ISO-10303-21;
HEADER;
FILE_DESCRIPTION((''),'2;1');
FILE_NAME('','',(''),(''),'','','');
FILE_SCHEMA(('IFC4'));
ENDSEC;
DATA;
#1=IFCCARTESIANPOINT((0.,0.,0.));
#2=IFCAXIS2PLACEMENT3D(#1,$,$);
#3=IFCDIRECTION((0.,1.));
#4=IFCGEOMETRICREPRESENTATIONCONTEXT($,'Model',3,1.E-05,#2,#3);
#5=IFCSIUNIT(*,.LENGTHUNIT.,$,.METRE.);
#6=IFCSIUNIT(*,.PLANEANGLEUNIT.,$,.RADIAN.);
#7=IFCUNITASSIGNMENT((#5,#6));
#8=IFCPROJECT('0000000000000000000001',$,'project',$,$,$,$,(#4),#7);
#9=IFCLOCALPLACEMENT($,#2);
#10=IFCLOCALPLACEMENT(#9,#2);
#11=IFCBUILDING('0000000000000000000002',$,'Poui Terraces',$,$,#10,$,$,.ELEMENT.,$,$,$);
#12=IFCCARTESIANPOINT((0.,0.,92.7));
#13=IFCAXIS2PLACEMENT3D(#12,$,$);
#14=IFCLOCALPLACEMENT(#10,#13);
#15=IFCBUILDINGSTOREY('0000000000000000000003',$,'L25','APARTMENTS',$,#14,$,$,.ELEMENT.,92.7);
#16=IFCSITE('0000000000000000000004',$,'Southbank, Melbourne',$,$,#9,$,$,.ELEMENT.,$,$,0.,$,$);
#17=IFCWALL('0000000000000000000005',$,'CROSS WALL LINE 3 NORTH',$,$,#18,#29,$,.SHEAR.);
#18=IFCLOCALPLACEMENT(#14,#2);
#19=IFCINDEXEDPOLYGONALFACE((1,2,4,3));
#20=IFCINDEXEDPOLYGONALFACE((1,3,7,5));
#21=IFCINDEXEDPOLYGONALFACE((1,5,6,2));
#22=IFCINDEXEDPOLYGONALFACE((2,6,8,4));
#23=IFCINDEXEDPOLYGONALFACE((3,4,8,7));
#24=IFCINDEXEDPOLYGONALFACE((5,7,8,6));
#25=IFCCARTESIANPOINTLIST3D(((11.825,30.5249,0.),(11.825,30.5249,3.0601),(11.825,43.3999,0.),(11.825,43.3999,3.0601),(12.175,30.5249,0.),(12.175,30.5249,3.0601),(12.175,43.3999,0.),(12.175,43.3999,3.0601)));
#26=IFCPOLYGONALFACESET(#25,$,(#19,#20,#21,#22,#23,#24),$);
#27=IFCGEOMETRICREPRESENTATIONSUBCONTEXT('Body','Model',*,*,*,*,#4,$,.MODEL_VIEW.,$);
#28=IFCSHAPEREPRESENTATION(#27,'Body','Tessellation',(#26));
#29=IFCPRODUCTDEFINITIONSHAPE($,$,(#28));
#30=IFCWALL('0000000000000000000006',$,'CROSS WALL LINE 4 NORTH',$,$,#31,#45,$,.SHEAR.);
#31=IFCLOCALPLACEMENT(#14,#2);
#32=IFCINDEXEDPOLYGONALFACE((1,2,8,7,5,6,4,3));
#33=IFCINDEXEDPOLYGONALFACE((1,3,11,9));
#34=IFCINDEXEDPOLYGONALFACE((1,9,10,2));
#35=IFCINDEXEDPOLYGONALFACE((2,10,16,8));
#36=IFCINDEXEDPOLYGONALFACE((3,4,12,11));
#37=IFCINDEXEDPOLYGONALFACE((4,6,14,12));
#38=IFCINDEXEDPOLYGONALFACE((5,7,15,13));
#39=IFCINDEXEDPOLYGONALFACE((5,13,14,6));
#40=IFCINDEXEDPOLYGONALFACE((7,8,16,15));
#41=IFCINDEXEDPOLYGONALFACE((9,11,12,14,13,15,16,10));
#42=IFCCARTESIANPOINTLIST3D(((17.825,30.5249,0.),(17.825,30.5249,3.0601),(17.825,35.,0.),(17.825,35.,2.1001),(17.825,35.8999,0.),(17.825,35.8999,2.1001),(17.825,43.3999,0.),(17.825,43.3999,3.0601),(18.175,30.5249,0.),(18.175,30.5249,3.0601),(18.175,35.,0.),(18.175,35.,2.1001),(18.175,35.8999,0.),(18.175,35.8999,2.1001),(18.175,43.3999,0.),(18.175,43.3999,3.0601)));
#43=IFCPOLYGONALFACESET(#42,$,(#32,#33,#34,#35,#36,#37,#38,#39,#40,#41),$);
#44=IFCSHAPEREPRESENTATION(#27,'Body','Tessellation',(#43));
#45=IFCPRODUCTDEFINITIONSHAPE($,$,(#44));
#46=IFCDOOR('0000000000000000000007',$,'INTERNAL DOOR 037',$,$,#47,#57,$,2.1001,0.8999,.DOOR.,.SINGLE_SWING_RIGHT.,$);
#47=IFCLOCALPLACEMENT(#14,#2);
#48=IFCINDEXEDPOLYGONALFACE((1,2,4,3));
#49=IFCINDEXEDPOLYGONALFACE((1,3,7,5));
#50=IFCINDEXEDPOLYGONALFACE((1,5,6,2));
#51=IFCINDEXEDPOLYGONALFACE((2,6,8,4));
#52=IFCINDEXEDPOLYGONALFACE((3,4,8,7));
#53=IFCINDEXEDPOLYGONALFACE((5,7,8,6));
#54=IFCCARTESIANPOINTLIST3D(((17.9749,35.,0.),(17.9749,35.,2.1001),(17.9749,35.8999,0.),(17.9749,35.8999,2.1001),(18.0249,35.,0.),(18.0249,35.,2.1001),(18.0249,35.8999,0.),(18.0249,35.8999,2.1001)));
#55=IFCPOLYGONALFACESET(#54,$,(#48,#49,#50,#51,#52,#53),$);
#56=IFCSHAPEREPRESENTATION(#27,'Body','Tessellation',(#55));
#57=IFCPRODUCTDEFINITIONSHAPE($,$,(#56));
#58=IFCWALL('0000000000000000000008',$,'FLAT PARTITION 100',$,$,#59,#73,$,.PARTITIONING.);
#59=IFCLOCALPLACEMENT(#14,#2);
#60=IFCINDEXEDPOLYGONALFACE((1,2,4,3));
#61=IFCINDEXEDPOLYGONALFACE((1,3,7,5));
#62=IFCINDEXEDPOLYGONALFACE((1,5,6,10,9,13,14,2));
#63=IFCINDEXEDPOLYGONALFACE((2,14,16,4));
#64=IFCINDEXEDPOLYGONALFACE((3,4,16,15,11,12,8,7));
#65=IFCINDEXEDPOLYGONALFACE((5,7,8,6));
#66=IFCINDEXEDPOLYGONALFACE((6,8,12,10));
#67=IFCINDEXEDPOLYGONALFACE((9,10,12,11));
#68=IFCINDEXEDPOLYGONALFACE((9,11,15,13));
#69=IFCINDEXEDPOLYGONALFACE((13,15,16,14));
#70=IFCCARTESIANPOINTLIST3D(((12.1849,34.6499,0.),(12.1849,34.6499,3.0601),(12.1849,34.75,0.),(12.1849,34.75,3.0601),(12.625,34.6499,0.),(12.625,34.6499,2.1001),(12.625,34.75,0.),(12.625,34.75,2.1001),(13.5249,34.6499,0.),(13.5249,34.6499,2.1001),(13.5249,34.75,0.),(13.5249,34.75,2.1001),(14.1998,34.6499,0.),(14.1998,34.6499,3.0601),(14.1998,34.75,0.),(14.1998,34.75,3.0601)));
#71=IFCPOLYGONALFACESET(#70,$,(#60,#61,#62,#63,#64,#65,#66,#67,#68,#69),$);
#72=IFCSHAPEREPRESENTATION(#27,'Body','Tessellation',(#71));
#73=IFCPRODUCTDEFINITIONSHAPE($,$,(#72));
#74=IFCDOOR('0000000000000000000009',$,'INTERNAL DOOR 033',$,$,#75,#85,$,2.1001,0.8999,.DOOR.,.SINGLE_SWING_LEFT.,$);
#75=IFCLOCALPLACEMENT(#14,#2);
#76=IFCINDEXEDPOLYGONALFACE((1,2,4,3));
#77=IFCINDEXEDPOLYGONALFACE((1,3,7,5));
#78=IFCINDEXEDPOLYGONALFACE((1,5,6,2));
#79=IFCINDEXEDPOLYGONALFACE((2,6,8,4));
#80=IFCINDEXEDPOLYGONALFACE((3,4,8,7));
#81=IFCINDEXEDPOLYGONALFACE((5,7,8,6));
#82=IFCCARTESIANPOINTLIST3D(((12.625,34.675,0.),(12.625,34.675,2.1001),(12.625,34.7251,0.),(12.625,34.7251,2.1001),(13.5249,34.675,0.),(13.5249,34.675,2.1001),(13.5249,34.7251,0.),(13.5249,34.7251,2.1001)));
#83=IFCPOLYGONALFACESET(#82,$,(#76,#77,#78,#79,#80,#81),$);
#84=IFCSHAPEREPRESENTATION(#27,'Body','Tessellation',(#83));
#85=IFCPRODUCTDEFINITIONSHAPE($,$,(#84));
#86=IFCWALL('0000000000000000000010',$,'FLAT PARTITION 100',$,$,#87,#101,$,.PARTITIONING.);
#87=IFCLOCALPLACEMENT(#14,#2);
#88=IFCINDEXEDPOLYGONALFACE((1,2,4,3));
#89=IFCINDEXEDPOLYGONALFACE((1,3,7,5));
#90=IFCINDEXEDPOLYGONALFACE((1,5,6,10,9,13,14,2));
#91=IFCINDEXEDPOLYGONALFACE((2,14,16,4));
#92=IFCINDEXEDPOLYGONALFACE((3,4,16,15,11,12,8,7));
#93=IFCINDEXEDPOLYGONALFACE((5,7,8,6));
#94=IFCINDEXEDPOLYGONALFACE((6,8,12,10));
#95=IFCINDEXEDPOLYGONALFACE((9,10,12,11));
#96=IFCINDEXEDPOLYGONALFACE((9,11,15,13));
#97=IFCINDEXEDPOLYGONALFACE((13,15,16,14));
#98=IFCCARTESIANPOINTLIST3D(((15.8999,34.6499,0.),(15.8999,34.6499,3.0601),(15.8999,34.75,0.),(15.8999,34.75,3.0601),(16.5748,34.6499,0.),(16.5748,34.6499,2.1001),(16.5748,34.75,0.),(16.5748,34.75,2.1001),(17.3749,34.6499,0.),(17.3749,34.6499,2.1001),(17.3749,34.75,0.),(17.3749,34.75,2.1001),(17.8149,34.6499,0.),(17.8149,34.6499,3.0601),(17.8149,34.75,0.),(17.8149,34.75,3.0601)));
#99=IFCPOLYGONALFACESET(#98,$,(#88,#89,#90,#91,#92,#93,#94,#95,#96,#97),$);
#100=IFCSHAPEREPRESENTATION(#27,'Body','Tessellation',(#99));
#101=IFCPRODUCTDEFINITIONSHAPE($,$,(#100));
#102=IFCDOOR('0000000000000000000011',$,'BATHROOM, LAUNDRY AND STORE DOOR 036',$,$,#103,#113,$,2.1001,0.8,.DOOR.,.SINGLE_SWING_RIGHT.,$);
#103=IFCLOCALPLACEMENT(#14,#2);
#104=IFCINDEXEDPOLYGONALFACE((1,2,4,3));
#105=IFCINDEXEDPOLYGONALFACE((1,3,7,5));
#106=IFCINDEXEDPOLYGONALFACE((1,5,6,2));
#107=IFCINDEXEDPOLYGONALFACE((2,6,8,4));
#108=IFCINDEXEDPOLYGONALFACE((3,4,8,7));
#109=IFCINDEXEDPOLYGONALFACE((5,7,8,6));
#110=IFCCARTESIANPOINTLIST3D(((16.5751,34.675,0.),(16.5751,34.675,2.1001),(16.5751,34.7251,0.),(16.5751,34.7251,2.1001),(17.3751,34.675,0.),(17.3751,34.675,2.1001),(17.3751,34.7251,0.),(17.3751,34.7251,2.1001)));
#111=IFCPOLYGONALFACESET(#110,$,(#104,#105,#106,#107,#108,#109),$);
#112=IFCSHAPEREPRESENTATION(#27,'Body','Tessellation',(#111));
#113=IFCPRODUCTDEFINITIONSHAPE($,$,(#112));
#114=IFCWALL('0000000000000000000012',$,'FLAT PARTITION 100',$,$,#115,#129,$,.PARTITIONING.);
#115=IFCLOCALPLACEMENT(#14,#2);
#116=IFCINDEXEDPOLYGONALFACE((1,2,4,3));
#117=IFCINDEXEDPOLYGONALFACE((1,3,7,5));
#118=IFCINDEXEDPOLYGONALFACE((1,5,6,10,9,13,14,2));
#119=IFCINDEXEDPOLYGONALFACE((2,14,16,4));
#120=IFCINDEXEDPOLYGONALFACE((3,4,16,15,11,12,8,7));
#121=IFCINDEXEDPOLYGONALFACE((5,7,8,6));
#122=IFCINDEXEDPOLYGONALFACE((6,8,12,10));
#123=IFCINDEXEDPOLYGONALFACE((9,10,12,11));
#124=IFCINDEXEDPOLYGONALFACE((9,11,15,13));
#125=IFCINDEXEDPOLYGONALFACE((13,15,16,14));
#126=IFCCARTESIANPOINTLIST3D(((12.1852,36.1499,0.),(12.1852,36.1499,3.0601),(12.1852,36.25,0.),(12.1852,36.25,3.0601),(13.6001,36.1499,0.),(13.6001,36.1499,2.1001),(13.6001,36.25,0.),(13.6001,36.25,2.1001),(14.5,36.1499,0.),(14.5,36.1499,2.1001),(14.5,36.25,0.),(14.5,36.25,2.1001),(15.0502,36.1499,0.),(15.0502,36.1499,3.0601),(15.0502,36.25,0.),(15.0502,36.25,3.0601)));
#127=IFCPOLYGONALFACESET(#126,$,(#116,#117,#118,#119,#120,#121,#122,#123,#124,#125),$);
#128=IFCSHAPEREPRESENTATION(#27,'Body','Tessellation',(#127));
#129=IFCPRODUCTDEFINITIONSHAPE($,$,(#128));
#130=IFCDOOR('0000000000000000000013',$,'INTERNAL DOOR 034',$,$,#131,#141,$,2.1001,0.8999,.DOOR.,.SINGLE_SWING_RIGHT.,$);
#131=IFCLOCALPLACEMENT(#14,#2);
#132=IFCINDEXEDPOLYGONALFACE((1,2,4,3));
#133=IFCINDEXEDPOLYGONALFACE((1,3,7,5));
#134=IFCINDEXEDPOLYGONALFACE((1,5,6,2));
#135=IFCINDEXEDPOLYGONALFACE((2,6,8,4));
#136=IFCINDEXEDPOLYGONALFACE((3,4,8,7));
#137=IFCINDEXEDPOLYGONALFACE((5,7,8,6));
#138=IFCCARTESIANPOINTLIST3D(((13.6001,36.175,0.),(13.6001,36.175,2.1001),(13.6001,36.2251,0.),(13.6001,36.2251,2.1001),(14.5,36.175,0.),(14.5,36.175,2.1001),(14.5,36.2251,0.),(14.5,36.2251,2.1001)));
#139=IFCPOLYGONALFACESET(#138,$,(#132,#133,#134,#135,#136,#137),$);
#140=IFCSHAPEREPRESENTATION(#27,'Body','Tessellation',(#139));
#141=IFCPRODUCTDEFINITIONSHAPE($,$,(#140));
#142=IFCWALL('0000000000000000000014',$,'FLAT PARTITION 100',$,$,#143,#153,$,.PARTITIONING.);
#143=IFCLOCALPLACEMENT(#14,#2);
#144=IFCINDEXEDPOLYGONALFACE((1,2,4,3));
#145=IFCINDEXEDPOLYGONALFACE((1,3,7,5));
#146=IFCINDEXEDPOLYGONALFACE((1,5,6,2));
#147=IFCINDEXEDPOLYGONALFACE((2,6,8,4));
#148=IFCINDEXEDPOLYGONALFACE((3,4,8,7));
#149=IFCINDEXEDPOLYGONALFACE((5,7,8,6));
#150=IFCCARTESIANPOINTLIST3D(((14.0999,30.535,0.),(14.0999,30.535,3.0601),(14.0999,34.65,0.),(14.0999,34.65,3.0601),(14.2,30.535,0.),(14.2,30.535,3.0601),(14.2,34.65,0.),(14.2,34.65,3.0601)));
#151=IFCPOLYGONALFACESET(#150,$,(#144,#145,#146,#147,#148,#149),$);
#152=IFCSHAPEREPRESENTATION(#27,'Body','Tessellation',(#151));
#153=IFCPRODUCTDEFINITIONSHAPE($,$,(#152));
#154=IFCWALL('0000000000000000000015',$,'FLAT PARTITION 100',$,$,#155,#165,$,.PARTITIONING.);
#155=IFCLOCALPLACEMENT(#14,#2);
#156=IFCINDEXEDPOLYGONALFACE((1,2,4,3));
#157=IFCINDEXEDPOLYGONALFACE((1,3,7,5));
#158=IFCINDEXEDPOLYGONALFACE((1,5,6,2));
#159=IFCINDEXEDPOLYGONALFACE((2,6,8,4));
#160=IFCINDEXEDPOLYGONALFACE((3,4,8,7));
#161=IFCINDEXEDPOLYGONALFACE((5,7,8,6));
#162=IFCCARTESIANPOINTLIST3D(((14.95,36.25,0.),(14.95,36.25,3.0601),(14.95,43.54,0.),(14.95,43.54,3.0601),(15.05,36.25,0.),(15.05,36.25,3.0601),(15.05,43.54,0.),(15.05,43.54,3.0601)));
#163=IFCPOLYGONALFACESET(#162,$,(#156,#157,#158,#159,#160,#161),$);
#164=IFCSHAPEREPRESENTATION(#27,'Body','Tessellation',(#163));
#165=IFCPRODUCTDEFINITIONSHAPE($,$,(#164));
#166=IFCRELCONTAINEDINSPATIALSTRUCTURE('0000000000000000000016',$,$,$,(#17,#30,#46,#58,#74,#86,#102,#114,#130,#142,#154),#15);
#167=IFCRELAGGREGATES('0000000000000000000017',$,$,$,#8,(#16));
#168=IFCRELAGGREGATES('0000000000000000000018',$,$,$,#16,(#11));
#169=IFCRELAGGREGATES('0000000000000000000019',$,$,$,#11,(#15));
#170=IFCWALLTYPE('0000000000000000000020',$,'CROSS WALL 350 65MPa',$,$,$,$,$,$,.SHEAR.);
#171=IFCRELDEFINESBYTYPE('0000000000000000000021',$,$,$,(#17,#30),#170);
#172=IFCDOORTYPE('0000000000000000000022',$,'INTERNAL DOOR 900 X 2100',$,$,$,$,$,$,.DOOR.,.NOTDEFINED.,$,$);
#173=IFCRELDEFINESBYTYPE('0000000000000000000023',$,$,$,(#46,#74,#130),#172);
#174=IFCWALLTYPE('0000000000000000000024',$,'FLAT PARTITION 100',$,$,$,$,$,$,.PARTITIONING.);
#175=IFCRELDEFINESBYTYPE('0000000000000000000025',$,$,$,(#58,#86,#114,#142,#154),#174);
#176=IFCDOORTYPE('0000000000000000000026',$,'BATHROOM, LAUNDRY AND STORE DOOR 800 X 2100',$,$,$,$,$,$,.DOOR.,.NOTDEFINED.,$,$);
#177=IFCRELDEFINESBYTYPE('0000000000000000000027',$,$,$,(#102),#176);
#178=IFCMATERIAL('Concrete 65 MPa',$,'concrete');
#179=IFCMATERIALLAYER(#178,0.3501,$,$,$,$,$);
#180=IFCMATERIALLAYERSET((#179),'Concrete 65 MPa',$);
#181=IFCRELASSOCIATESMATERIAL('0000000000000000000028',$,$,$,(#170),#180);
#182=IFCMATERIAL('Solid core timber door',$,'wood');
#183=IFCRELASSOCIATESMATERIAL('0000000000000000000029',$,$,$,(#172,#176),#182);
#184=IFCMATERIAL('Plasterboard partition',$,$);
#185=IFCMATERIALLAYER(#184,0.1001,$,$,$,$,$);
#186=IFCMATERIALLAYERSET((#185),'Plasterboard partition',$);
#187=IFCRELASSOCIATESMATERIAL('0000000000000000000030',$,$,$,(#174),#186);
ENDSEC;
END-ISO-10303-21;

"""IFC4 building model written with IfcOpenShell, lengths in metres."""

from ifc_helpers import new_model, si_unit, direction, frame, frame_2d, origin, place, context, subcontext, project, spatial, rectangle, extrude, material, layer, layer_set, type_object, element, fill, save


model = new_model("IFC4")

# Units and contexts
model_context = context("Model", 3, precision=1e-05, world=origin(), true_north=direction((0.0, 1.0)))
body_context = subcontext(model_context, "Body", "Model", "MODEL_VIEW")
ifc_project = project(units=[si_unit("LENGTHUNIT", "METRE"), si_unit("PLANEANGLEUNIT", "RADIAN")], contexts=[model_context])

# Site, building, storey
site_placement = place(None, origin())
site = spatial("IfcSite", under=ifc_project, at=site_placement, Name="Southbank, Melbourne", CompositionType="ELEMENT", RefElevation=0.0)
building_placement = place(site_placement, origin())
building = spatial("IfcBuilding", under=site, at=building_placement, Name="Poui Terraces", CompositionType="ELEMENT")
storey_placement = place(building_placement, frame((0.0, 0.0, 92.7)))
storey = spatial("IfcBuildingStorey", under=building, at=storey_placement, Name="L25", Description="APARTMENTS", CompositionType="ELEMENT", Elevation=92.7)

# Wall
ifc_material_1 = material(Name="Concrete 65 MPa", Category="concrete")
ifc_layer_1 = layer(ifc_material_1, 0.3501)
ifc_layer_set_1 = layer_set([ifc_layer_1], Name="Concrete 65 MPa")
wall_type_1 = type_object("IfcWallType", Name="CROSS WALL 350 65MPa", PredefinedType="SHEAR", material=ifc_layer_set_1)
wall_1_placement = place(storey_placement, frame((12.0, 30.5249, 0.0), z_axis=(0.0, 0.0, 1.0), x_axis=(0.0, 1.0, 0.0)))
element("IfcWall", 1, at=wall_1_placement, inside=storey, type_object=wall_type_1, Name="CROSS WALL LINE 3 NORTH", PredefinedType="SHEAR", context=body_context, shape_type="SweptSolid", body=[
    extrude(rectangle(XDim=12.875, YDim=0.3501, at=frame_2d((6.4375, 0.0))), origin(), (0.0, 0.0, 1.0), 3.0601),
])

# Walls, openings, doors
wall_2_placement = place(storey_placement, frame((18.0, 30.5249, 0.0), z_axis=(0.0, 0.0, 1.0), x_axis=(0.0, 1.0, 0.0)))
wall_2 = element("IfcWall", 2, at=wall_2_placement, inside=storey, type_object=wall_type_1, Name="CROSS WALL LINE 4 NORTH", PredefinedType="SHEAR", context=body_context, shape_type="SweptSolid", body=[
    extrude(rectangle(XDim=12.875, YDim=0.3501, at=frame_2d((6.4375, 0.0))), origin(), (0.0, 0.0, 1.0), 3.0601),
])
opening_1_placement = place(wall_2_placement, frame((4.4751, 0.0, 0.0)))
opening_1 = element("IfcOpeningElement", 3, at=opening_1_placement, cuts=wall_2, PredefinedType="OPENING", context=body_context, shape_type="SweptSolid", body=[
    extrude(rectangle(XDim=0.8999, YDim=2.1001, at=frame_2d((0.45, 1.05))), frame((0.0, 0.1851, 0.0), z_axis=(0.0, -1.0, 0.0), x_axis=(1.0, 0.0, 0.0)), (0.0, 0.0, 1.0), 0.3701),
])
ifc_material_2 = material(Name="Solid core timber door", Category="wood")
door_type_1 = type_object("IfcDoorType", Name="INTERNAL DOOR 900 X 2100", OperationType="NOTDEFINED", PredefinedType="DOOR", material=ifc_material_2)
door_1_placement = place(opening_1_placement, frame((0.8999, 0.0, 0.0), z_axis=(0.0, 0.0, 1.0), x_axis=(-1.0, 0.0, 0.0)))
door_1 = element("IfcDoor", 4, at=door_1_placement, inside=storey, type_object=door_type_1, Name="INTERNAL DOOR 037", OperationType="SINGLE_SWING_RIGHT", OverallHeight=2.1001, OverallWidth=0.8999, PredefinedType="DOOR", context=body_context, shape_type="SweptSolid", body=[
    extrude(rectangle(XDim=0.8999, YDim=2.1001, at=frame_2d((0.45, 1.05))), frame((0.0, 0.0249, 0.0), z_axis=(0.0, -1.0, 0.0), x_axis=(1.0, 0.0, 0.0)), (0.0, 0.0, 1.0), 0.05),
])
fill(opening_1, door_1)
ifc_material_3 = material(Name="Plasterboard partition")
ifc_layer_2 = layer(ifc_material_3, 0.1001)
ifc_layer_set_2 = layer_set([ifc_layer_2], Name="Plasterboard partition")
wall_type_2 = type_object("IfcWallType", Name="FLAT PARTITION 100", PredefinedType="PARTITIONING", material=ifc_layer_set_2)
wall_3_placement = place(storey_placement, frame((12.1851, 34.7, 0.0), z_axis=(0.0, 0.0, 1.0), x_axis=(1.0, 0.0, 0.0)))
wall_3 = element("IfcWall", 5, at=wall_3_placement, inside=storey, type_object=wall_type_2, Name="FLAT PARTITION 100", PredefinedType="PARTITIONING", context=body_context, shape_type="SweptSolid", body=[
    extrude(rectangle(XDim=2.0149, YDim=0.1001, at=frame_2d((1.0073, 0.0))), origin(), (0.0, 0.0, 1.0), 3.0601),
])
opening_2_placement = place(wall_3_placement, frame((0.4399, 0.0, 0.0)))
opening_2 = element("IfcOpeningElement", 6, at=opening_2_placement, cuts=wall_3, PredefinedType="OPENING", context=body_context, shape_type="SweptSolid", body=[
    extrude(rectangle(XDim=0.8999, YDim=2.1001, at=frame_2d((0.45, 1.05))), frame((0.0, 0.0601, 0.0), z_axis=(0.0, -1.0, 0.0), x_axis=(1.0, 0.0, 0.0)), (0.0, 0.0, 1.0), 0.1201),
])
door_2_placement = place(opening_2_placement, frame((0.8999, 0.0, 0.0), z_axis=(0.0, 0.0, 1.0), x_axis=(-1.0, 0.0, 0.0)))
door_2 = element("IfcDoor", 7, at=door_2_placement, inside=storey, type_object=door_type_1, Name="INTERNAL DOOR 033", OperationType="SINGLE_SWING_LEFT", OverallHeight=2.1001, OverallWidth=0.8999, PredefinedType="DOOR", context=body_context, shape_type="SweptSolid", body=[
    extrude(rectangle(XDim=0.8999, YDim=2.1001, at=frame_2d((0.45, 1.05))), frame((0.0, 0.0249, 0.0), z_axis=(0.0, -1.0, 0.0), x_axis=(1.0, 0.0, 0.0)), (0.0, 0.0, 1.0), 0.05),
])
fill(opening_2, door_2)
wall_4_placement = place(storey_placement, frame((15.8999, 34.7, 0.0), z_axis=(0.0, 0.0, 1.0), x_axis=(1.0, 0.0, 0.0)))
wall_4 = element("IfcWall", 8, at=wall_4_placement, inside=storey, type_object=wall_type_2, Name="FLAT PARTITION 100", PredefinedType="PARTITIONING", context=body_context, shape_type="SweptSolid", body=[
    extrude(rectangle(XDim=1.915, YDim=0.1001, at=frame_2d((0.9575, 0.0))), origin(), (0.0, 0.0, 1.0), 3.0601),
])
opening_3_placement = place(wall_4_placement, frame((0.675, 0.0, 0.0)))
opening_3 = element("IfcOpeningElement", 9, at=opening_3_placement, cuts=wall_4, PredefinedType="OPENING", context=body_context, shape_type="SweptSolid", body=[
    extrude(rectangle(XDim=0.8, YDim=2.1001, at=frame_2d((0.3999, 1.05))), frame((0.0, 0.0601, 0.0), z_axis=(0.0, -1.0, 0.0), x_axis=(1.0, 0.0, 0.0)), (0.0, 0.0, 1.0), 0.1201),
])
door_type_2 = type_object("IfcDoorType", Name="BATHROOM, LAUNDRY AND STORE DOOR 800 X 2100", OperationType="NOTDEFINED", PredefinedType="DOOR", material=ifc_material_2)
door_3_placement = place(opening_3_placement, frame((0.8, 0.0, 0.0), z_axis=(0.0, 0.0, 1.0), x_axis=(-1.0, 0.0, 0.0)))
door_3 = element("IfcDoor", 10, at=door_3_placement, inside=storey, type_object=door_type_2, Name="BATHROOM, LAUNDRY AND STORE DOOR 036", OperationType="SINGLE_SWING_RIGHT", OverallHeight=2.1001, OverallWidth=0.8, PredefinedType="DOOR", context=body_context, shape_type="SweptSolid", body=[
    extrude(rectangle(XDim=0.8, YDim=2.1001, at=frame_2d((0.3999, 1.05))), frame((0.0, 0.0249, 0.0), z_axis=(0.0, -1.0, 0.0), x_axis=(1.0, 0.0, 0.0)), (0.0, 0.0, 1.0), 0.05),
])
fill(opening_3, door_3)
wall_5_placement = place(storey_placement, frame((12.1851, 36.2, 0.0), z_axis=(0.0, 0.0, 1.0), x_axis=(1.0, 0.0, 0.0)))
wall_5 = element("IfcWall", 11, at=wall_5_placement, inside=storey, type_object=wall_type_2, Name="FLAT PARTITION 100", PredefinedType="PARTITIONING", context=body_context, shape_type="SweptSolid", body=[
    extrude(rectangle(XDim=2.865, YDim=0.1001, at=frame_2d((1.4326, 0.0))), origin(), (0.0, 0.0, 1.0), 3.0601),
])
opening_4_placement = place(wall_5_placement, frame((1.415, 0.0, 0.0)))
opening_4 = element("IfcOpeningElement", 12, at=opening_4_placement, cuts=wall_5, PredefinedType="OPENING", context=body_context, shape_type="SweptSolid", body=[
    extrude(rectangle(XDim=0.8999, YDim=2.1001, at=frame_2d((0.45, 1.05))), frame((0.0, 0.0601, 0.0), z_axis=(0.0, -1.0, 0.0), x_axis=(1.0, 0.0, 0.0)), (0.0, 0.0, 1.0), 0.1201),
])
door_4_placement = place(opening_4_placement, frame((0.8999, 0.0, 0.0), z_axis=(0.0, 0.0, 1.0), x_axis=(-1.0, 0.0, 0.0)))
door_4 = element("IfcDoor", 13, at=door_4_placement, inside=storey, type_object=door_type_1, Name="INTERNAL DOOR 034", OperationType="SINGLE_SWING_RIGHT", OverallHeight=2.1001, OverallWidth=0.8999, PredefinedType="DOOR", context=body_context, shape_type="SweptSolid", body=[
    extrude(rectangle(XDim=0.8999, YDim=2.1001, at=frame_2d((0.45, 1.05))), frame((0.0, 0.0249, 0.0), z_axis=(0.0, -1.0, 0.0), x_axis=(1.0, 0.0, 0.0)), (0.0, 0.0, 1.0), 0.05),
])
fill(opening_4, door_4)

# Walls
wall_6_placement = place(storey_placement, frame((14.1499, 30.5349, 0.0), z_axis=(0.0, 0.0, 1.0), x_axis=(0.0, 1.0, 0.0)))
element("IfcWall", 14, at=wall_6_placement, inside=storey, type_object=wall_type_2, Name="FLAT PARTITION 100", PredefinedType="PARTITIONING", context=body_context, shape_type="SweptSolid", body=[
    extrude(rectangle(XDim=4.115, YDim=0.1001, at=frame_2d((2.0576, 0.0))), origin(), (0.0, 0.0, 1.0), 3.0601),
])
wall_7_placement = place(storey_placement, frame((15.0, 36.25, 0.0), z_axis=(0.0, 0.0, 1.0), x_axis=(0.0, 1.0, 0.0)))
element("IfcWall", 15, at=wall_7_placement, inside=storey, type_object=wall_type_2, Name="FLAT PARTITION 100", PredefinedType="PARTITIONING", context=body_context, shape_type="SweptSolid", body=[
    extrude(rectangle(XDim=7.29, YDim=0.1001, at=frame_2d((3.645, 0.0))), origin(), (0.0, 0.0, 1.0), 3.0601),
])

save(model, "model.ifc")
